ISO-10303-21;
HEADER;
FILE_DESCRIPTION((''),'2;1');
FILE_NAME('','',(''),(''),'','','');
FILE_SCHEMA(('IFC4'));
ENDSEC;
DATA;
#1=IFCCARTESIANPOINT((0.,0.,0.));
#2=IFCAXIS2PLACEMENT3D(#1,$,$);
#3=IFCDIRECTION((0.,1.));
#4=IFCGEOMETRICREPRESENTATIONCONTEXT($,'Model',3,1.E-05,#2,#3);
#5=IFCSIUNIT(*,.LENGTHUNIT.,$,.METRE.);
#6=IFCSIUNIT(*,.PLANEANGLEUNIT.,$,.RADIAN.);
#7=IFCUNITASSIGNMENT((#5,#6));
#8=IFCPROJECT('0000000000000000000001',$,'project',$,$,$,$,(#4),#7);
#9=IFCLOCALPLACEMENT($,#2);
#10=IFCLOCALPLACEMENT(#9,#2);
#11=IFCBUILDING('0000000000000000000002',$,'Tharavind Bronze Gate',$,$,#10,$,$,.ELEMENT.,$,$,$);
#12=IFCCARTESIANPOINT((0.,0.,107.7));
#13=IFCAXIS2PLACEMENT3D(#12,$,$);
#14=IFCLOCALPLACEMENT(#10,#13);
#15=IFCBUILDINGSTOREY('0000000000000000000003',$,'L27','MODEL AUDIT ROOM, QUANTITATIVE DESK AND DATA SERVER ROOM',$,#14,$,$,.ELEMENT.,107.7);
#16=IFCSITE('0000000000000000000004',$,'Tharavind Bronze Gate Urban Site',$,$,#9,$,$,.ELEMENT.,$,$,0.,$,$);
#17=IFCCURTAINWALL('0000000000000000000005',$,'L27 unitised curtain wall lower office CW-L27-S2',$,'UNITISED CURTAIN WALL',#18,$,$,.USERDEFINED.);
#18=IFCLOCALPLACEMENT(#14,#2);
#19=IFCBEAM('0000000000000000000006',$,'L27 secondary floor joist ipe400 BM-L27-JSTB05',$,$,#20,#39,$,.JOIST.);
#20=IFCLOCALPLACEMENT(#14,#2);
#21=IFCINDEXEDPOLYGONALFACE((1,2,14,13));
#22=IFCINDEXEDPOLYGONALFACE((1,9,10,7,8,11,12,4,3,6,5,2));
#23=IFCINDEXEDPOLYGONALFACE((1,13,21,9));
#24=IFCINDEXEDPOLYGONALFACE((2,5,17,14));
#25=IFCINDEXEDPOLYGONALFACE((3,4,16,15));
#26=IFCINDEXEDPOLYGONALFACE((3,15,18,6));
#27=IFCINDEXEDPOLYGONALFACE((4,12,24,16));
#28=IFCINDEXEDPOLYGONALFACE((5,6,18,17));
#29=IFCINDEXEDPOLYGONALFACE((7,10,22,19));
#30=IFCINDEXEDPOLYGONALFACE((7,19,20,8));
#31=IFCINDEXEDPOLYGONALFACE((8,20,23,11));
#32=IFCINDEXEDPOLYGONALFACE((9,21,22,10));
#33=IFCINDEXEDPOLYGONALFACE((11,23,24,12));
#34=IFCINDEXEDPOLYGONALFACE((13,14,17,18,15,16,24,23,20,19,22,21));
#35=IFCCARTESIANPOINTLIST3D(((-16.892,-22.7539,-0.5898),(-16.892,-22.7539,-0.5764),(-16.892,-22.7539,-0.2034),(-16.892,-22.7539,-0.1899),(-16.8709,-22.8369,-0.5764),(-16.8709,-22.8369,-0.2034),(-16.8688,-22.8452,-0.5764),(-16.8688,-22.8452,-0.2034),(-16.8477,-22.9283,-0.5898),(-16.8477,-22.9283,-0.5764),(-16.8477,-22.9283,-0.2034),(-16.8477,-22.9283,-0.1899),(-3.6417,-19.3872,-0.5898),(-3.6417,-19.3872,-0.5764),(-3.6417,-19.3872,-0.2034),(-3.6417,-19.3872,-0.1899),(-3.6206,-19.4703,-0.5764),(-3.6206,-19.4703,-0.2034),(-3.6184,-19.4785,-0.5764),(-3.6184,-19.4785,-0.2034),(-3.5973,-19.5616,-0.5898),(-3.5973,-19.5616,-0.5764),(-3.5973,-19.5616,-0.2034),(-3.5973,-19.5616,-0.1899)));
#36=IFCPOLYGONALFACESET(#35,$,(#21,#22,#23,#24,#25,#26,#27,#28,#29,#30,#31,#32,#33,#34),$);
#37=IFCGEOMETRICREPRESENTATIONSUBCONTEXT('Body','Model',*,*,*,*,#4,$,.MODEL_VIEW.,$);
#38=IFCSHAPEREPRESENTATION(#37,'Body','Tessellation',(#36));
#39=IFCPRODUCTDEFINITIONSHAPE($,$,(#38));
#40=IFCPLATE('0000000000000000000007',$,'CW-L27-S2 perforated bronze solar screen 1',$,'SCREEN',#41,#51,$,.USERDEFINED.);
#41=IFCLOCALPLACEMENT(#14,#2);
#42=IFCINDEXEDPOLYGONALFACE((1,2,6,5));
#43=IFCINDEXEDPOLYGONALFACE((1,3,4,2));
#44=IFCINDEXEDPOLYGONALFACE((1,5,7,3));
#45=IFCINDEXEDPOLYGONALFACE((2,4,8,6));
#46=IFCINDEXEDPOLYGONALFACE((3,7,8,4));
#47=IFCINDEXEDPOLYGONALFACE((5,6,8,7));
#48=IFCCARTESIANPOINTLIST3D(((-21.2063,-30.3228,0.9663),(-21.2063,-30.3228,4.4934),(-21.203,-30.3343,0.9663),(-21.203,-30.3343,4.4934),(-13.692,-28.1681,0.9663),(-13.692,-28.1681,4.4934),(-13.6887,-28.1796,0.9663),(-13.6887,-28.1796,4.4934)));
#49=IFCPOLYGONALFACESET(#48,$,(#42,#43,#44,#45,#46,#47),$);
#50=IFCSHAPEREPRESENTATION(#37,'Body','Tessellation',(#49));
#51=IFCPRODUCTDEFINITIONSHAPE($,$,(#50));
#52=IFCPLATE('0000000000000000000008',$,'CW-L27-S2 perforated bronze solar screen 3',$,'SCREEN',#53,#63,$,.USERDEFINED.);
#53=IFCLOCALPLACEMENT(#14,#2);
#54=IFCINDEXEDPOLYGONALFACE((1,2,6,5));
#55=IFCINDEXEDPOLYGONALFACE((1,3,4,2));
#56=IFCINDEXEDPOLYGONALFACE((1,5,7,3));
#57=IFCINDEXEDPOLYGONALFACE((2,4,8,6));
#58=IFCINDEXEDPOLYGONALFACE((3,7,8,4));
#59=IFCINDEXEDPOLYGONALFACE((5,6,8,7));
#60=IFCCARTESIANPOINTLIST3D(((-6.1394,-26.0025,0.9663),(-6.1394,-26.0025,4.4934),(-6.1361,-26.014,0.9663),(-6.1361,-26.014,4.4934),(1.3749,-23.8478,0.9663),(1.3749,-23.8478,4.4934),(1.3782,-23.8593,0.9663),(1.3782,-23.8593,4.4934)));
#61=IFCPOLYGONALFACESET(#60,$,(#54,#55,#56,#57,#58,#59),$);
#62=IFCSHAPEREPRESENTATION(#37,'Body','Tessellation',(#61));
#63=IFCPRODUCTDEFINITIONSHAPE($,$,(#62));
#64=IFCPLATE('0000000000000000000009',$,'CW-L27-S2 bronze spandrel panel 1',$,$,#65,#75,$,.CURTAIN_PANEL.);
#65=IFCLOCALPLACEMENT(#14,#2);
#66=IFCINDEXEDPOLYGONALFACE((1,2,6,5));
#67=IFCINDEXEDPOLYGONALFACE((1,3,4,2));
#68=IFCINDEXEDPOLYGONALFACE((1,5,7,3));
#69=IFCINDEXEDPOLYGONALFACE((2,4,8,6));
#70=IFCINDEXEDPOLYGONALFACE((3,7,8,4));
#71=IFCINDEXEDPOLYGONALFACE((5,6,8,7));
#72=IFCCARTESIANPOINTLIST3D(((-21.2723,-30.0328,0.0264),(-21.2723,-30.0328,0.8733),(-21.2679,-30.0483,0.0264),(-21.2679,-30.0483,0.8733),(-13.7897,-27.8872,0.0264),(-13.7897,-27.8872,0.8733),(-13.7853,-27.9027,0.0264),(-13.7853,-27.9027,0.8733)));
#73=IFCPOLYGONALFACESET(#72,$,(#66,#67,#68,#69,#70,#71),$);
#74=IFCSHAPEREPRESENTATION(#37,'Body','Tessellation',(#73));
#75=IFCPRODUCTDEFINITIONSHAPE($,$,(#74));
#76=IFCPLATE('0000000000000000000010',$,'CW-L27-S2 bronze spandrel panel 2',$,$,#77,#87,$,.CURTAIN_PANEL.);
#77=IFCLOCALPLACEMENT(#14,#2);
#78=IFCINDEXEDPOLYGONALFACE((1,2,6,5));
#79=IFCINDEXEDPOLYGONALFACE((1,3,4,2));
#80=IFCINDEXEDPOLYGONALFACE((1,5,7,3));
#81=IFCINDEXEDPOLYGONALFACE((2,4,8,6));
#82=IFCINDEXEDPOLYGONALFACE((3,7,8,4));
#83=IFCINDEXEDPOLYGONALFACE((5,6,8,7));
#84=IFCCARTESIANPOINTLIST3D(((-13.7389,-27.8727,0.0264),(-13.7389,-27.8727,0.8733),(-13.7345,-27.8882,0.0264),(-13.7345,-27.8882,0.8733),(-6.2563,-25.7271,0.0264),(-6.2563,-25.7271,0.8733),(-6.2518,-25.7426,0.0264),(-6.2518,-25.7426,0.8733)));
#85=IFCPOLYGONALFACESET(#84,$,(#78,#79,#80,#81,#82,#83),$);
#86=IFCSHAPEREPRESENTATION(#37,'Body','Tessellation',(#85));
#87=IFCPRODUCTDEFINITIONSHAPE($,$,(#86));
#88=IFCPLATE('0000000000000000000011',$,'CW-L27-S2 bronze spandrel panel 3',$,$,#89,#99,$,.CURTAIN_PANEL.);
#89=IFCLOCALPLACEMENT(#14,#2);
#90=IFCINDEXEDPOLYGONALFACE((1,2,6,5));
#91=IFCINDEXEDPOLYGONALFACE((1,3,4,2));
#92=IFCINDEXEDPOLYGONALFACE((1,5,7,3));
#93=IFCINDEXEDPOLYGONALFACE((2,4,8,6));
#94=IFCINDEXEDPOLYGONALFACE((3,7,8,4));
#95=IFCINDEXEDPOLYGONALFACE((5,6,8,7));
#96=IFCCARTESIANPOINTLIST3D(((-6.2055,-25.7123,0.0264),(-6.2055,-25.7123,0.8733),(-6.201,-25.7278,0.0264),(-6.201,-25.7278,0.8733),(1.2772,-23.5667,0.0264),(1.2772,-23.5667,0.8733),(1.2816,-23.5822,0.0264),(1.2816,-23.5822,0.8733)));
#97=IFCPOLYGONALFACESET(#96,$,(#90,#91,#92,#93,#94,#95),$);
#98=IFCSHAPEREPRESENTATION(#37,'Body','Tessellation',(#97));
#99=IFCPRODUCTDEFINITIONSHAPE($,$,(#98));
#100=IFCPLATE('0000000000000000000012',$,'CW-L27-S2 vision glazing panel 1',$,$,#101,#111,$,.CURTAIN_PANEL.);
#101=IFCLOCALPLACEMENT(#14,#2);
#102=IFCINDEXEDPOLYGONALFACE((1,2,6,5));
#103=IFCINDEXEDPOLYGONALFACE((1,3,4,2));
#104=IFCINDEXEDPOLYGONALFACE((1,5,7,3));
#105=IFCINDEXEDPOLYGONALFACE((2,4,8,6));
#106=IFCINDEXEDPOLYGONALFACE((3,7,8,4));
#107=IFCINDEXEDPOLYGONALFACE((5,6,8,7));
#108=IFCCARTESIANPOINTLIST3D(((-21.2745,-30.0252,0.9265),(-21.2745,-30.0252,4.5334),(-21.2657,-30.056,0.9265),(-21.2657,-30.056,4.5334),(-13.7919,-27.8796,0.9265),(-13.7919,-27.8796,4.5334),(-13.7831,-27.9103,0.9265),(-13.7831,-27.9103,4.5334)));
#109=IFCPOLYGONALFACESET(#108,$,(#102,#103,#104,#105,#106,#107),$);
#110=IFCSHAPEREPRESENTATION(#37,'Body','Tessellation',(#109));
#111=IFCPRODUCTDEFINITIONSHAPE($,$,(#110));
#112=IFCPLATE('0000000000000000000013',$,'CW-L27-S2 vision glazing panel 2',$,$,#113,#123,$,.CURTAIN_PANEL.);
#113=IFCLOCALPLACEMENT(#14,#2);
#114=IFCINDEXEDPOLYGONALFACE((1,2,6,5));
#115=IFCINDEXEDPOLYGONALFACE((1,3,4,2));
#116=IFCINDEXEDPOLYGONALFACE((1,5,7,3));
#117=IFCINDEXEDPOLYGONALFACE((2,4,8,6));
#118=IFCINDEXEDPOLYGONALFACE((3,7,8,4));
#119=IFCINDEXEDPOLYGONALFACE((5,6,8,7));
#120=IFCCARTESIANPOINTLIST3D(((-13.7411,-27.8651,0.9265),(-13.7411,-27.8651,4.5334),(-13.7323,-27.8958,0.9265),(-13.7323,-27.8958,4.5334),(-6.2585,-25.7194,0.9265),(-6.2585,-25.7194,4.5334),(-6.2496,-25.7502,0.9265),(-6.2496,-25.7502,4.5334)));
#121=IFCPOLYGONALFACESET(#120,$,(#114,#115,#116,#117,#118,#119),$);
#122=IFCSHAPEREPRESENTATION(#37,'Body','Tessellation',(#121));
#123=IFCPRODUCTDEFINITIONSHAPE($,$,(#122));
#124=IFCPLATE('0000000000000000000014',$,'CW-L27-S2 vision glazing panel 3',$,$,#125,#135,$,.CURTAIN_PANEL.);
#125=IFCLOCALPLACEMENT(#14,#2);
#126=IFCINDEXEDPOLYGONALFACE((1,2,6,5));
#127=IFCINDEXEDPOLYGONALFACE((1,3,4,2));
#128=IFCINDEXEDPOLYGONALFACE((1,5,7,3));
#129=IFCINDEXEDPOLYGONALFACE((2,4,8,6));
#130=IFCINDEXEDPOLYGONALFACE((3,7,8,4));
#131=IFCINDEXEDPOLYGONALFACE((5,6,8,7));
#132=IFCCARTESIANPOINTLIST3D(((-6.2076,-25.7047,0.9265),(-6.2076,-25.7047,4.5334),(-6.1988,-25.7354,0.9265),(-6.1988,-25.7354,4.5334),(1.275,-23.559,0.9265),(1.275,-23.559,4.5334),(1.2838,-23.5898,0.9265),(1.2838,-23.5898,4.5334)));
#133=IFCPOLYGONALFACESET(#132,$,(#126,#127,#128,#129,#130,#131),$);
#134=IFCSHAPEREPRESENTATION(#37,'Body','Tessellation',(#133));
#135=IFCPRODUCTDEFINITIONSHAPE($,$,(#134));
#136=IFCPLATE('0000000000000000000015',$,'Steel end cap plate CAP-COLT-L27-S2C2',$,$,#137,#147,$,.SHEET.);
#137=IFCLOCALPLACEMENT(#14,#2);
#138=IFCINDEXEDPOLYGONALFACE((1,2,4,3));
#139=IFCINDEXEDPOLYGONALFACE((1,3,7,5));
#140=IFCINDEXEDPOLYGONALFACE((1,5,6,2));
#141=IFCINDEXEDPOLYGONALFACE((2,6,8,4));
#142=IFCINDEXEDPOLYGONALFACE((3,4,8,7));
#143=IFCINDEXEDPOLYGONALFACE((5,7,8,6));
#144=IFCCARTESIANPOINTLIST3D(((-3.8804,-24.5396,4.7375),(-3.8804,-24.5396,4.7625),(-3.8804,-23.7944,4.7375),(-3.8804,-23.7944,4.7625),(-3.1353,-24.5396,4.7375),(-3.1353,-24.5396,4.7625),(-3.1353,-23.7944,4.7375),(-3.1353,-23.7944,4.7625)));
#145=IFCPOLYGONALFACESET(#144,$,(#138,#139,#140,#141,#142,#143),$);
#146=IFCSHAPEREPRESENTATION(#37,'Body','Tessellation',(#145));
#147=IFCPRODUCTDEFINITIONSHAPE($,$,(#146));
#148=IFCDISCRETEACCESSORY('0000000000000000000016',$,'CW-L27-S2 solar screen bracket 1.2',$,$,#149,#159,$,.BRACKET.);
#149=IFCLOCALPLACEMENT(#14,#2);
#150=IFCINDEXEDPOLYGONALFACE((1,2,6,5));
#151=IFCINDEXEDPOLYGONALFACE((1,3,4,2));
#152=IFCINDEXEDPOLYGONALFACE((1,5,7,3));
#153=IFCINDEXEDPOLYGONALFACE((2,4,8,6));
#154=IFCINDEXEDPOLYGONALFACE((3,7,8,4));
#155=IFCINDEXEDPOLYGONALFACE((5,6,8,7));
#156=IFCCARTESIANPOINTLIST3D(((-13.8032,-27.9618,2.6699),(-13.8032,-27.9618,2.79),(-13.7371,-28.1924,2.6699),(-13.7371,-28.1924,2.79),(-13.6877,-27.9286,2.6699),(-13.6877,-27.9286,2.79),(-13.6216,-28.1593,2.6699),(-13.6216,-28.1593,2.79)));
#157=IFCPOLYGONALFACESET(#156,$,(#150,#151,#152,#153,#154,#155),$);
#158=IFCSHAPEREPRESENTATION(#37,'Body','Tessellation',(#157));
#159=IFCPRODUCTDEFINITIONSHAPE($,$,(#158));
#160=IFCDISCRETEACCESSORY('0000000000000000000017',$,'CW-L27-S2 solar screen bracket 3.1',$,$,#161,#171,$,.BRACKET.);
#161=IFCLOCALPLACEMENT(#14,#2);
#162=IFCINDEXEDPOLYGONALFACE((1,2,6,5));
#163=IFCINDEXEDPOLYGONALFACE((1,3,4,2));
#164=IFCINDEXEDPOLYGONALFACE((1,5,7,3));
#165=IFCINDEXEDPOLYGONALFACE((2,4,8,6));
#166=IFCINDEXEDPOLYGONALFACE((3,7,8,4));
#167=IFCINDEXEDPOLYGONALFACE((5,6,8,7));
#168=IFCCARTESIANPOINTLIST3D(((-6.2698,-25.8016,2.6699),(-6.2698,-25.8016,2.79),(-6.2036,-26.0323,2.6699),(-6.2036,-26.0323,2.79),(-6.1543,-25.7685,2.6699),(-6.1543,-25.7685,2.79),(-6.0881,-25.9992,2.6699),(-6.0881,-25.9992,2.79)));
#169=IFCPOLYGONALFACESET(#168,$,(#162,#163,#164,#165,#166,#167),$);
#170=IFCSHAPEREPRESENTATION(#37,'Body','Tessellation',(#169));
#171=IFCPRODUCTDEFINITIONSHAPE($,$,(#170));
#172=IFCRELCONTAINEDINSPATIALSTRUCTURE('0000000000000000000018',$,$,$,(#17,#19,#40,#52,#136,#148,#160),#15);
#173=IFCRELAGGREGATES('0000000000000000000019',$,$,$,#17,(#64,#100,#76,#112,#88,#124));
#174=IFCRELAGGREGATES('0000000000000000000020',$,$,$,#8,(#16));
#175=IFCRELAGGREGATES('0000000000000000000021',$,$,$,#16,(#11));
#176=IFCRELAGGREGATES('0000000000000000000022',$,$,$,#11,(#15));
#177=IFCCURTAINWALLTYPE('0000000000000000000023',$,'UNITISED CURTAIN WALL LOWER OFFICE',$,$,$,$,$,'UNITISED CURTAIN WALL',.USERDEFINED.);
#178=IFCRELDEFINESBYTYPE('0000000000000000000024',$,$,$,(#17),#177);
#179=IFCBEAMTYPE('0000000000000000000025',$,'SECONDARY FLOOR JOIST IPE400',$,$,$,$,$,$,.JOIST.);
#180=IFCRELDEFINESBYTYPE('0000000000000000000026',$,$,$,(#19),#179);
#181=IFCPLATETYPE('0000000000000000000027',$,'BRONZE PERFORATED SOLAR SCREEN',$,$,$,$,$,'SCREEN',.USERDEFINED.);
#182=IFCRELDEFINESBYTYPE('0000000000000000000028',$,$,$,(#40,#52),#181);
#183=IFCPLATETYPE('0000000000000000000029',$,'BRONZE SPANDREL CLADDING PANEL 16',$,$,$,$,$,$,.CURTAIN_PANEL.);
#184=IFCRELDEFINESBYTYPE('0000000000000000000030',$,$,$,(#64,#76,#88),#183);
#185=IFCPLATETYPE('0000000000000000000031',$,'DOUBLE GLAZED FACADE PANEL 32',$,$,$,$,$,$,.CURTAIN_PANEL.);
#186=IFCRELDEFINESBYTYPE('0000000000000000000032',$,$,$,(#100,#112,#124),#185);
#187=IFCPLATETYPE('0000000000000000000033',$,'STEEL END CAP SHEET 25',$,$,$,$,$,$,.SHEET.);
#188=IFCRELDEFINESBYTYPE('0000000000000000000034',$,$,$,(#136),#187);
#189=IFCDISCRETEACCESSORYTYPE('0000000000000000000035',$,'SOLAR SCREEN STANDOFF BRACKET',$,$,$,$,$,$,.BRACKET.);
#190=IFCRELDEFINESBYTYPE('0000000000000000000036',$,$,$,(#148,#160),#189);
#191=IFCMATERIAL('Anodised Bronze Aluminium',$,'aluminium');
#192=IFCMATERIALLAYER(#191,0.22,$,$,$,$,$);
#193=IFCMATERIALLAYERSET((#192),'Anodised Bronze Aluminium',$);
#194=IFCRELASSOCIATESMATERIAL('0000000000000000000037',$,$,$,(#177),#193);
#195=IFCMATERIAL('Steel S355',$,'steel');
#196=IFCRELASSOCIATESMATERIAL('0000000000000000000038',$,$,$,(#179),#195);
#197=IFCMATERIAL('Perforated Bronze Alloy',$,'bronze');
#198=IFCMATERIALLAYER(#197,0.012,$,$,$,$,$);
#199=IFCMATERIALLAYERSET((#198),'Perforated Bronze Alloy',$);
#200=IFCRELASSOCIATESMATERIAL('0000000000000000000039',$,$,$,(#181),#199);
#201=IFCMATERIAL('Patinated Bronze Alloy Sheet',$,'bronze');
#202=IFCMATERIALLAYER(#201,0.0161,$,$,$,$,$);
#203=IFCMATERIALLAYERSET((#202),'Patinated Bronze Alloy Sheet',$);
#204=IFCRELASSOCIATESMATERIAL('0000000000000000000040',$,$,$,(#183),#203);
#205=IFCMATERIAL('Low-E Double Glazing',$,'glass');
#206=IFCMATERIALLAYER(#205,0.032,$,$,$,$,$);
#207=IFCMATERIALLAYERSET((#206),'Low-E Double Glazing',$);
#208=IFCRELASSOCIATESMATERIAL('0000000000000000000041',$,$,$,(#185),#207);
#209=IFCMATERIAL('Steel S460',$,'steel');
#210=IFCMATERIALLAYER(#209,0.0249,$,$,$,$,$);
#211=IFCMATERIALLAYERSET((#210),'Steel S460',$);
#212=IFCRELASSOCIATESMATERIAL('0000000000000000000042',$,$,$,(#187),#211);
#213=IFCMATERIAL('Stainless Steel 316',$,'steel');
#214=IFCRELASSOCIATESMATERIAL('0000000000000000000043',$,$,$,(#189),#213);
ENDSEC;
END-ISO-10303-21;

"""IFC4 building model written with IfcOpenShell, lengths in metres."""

from ifc_helpers import new_model, si_unit, direction, frame, origin, origin_2d, place, context, subcontext, project, spatial, rectangle, i_section, extrude, material, layer, layer_set, material_profile, profile_set, type_object, element, aggregate, save


model = new_model("IFC4")

# Units and contexts
model_context = context("Model", 3, precision=1e-05, world=origin(), true_north=direction((0.0, 1.0)))
body_context = subcontext(model_context, "Body", "Model", "MODEL_VIEW")
ifc_project = project(units=[si_unit("LENGTHUNIT", "METRE"), si_unit("PLANEANGLEUNIT", "RADIAN")], contexts=[model_context])

# Site, building, storey
site_placement = place(None, origin())
site = spatial("IfcSite", under=ifc_project, at=site_placement, Name="Tharavind Bronze Gate Urban Site", CompositionType="ELEMENT", RefElevation=0.0)
building_placement = place(site_placement, origin())
building = spatial("IfcBuilding", under=site, at=building_placement, Name="Tharavind Bronze Gate", CompositionType="ELEMENT")
storey_placement = place(building_placement, frame((0.0, 0.0, 107.7)))
storey = spatial("IfcBuildingStorey", under=building, at=storey_placement, Name="L27", Description="MODEL AUDIT ROOM, QUANTITATIVE DESK AND DATA SERVER ROOM", CompositionType="ELEMENT", Elevation=107.7)

# Shared definitions
ifc_material_1 = material(Name="Steel S460", Category="steel")

# Curtain wall
ifc_material_2 = material(Name="Anodised Bronze Aluminium", Category="aluminium")
ifc_layer_1 = layer(ifc_material_2, 0.22)
ifc_layer_set_1 = layer_set([ifc_layer_1], Name="Anodised Bronze Aluminium")
curtain_wall_type = type_object("IfcCurtainWallType", Name="UNITISED CURTAIN WALL LOWER OFFICE", ElementType="UNITISED CURTAIN WALL", PredefinedType="USERDEFINED", material=ifc_layer_set_1)
curtain_wall_placement = place(storey_placement, origin())
curtain_wall = element("IfcCurtainWall", 1, at=curtain_wall_placement, inside=storey, type_object=curtain_wall_type, Name="L27 unitised curtain wall lower office CW-L27-S2", ObjectType="UNITISED CURTAIN WALL", PredefinedType="USERDEFINED")

# Beam
ifc_material_3 = material(Name="Steel S355", Category="steel")
ifc_material_profile_1 = material_profile(ifc_material_3, i_section(OverallWidth=0.1799, OverallDepth=0.3999, WebThickness=0.0085, FlangeThickness=0.0134, at=origin_2d()), Name="IPE400")
ifc_profile_set_1 = profile_set([ifc_material_profile_1], Name="Steel S355")
beam_type_1 = type_object("IfcBeamType", Name="SECONDARY FLOOR JOIST IPE400", PredefinedType="JOIST", material=ifc_profile_set_1)
beam_1_placement = place(storey_placement, frame((-16.8699, -22.8411, -0.3899), z_axis=(0.969205, 0.246257, 0.0), x_axis=(-0.246257, 0.969205, 0.0)))
element("IfcBeam", 2, at=beam_1_placement, inside=storey, type_object=beam_type_1, Name="L27 secondary floor joist ipe400 BM-L27-JSTB05", PredefinedType="JOIST", context=body_context, shape_type="SweptSolid", body=[
    extrude(i_section(OverallWidth=0.1799, OverallDepth=0.3999, WebThickness=0.0085, FlangeThickness=0.0134, at=origin_2d()), origin(), (0.0, 0.0, 1.0), 13.6714),
])

# Plates
ifc_material_4 = material(Name="Perforated Bronze Alloy", Category="bronze")
ifc_layer_2 = layer(ifc_material_4, 0.012)
ifc_layer_set_2 = layer_set([ifc_layer_2], Name="Perforated Bronze Alloy")
plate_type_1 = type_object("IfcPlateType", Name="BRONZE PERFORATED SOLAR SCREEN", ElementType="SCREEN", PredefinedType="USERDEFINED", material=ifc_layer_set_2)
for number, where, z_axis, x_axis, name in (
    (3, (-17.4475, -29.2512, 0.9663), (0.0, 0.0, 1.0), (0.961262, 0.275637, 0.0), "CW-L27-S2 perforated bronze solar screen 1"),
    (4, (-2.3806, -24.9309, 0.9663), (0.0, 0.0, 1.0), (0.961262, 0.275637, 0.0), "CW-L27-S2 perforated bronze solar screen 3"),
):
    element("IfcPlate", number, at=place(storey_placement, frame(where, z_axis=z_axis, x_axis=x_axis)), inside=storey, type_object=plate_type_1, Name=name, ObjectType="SCREEN", PredefinedType="USERDEFINED", context=body_context, shape_type="SweptSolid", body=[
        extrude(rectangle(XDim=7.8171, YDim=0.012, at=origin_2d()), origin(), (0.0, 0.0, 1.0), 3.5271),
    ])

# Plates
ifc_material_5 = material(Name="Patinated Bronze Alloy Sheet", Category="bronze")
ifc_layer_3 = layer(ifc_material_5, 0.0161)
ifc_layer_set_3 = layer_set([ifc_layer_3], Name="Patinated Bronze Alloy Sheet")
plate_type_2 = type_object("IfcPlateType", Name="BRONZE SPANDREL CLADDING PANEL 16", PredefinedType="CURTAIN_PANEL", material=ifc_layer_set_3)
plate_1_placement = place(storey_placement, frame((-17.5288, -28.9678, 0.0264), z_axis=(0.0, 0.0, 1.0), x_axis=(0.961262, 0.275637, 0.0)))
plate_1 = element("IfcPlate", 5, at=plate_1_placement, type_object=plate_type_2, Name="CW-L27-S2 bronze spandrel panel 1", PredefinedType="CURTAIN_PANEL", context=body_context, shape_type="SweptSolid", body=[
    extrude(rectangle(XDim=7.7842, YDim=0.0161, at=origin_2d()), origin(), (0.0, 0.0, 1.0), 0.8469),
])
plate_2_placement = place(storey_placement, frame((-9.9954, -26.8076, 0.0264), z_axis=(0.0, 0.0, 1.0), x_axis=(0.961262, 0.275637, 0.0)))
plate_2 = element("IfcPlate", 6, at=plate_2_placement, type_object=plate_type_2, Name="CW-L27-S2 bronze spandrel panel 2", PredefinedType="CURTAIN_PANEL", context=body_context, shape_type="SweptSolid", body=[
    extrude(rectangle(XDim=7.7842, YDim=0.0161, at=origin_2d()), origin(), (0.0, 0.0, 1.0), 0.8469),
])
plate_3_placement = place(storey_placement, frame((-2.4619, -24.6472, 0.0264), z_axis=(0.0, 0.0, 1.0), x_axis=(0.961262, 0.275637, 0.0)))
plate_3 = element("IfcPlate", 7, at=plate_3_placement, type_object=plate_type_2, Name="CW-L27-S2 bronze spandrel panel 3", PredefinedType="CURTAIN_PANEL", context=body_context, shape_type="SweptSolid", body=[
    extrude(rectangle(XDim=7.7842, YDim=0.0161, at=origin_2d()), origin(), (0.0, 0.0, 1.0), 0.8469),
])
ifc_material_6 = material(Name="Low-E Double Glazing", Category="glass")
ifc_layer_4 = layer(ifc_material_6, 0.032)
ifc_layer_set_4 = layer_set([ifc_layer_4], Name="Low-E Double Glazing")
plate_type_3 = type_object("IfcPlateType", Name="DOUBLE GLAZED FACADE PANEL 32", PredefinedType="CURTAIN_PANEL", material=ifc_layer_set_4)
plate_4_placement = place(storey_placement, frame((-17.5288, -28.9678, 0.9265), z_axis=(0.0, 0.0, 1.0), x_axis=(0.961262, 0.275637, 0.0)))
plate_4 = element("IfcPlate", 8, at=plate_4_placement, type_object=plate_type_3, Name="CW-L27-S2 vision glazing panel 1", PredefinedType="CURTAIN_PANEL", context=body_context, shape_type="SweptSolid", body=[
    extrude(rectangle(XDim=7.7842, YDim=0.032, at=origin_2d()), origin(), (0.0, 0.0, 1.0), 3.6069),
])
plate_5_placement = place(storey_placement, frame((-9.9954, -26.8076, 0.9265), z_axis=(0.0, 0.0, 1.0), x_axis=(0.961262, 0.275637, 0.0)))
plate_5 = element("IfcPlate", 9, at=plate_5_placement, type_object=plate_type_3, Name="CW-L27-S2 vision glazing panel 2", PredefinedType="CURTAIN_PANEL", context=body_context, shape_type="SweptSolid", body=[
    extrude(rectangle(XDim=7.7842, YDim=0.032, at=origin_2d()), origin(), (0.0, 0.0, 1.0), 3.6069),
])
plate_6_placement = place(storey_placement, frame((-2.4619, -24.6472, 0.9265), z_axis=(0.0, 0.0, 1.0), x_axis=(0.961262, 0.275637, 0.0)))
plate_6 = element("IfcPlate", 10, at=plate_6_placement, type_object=plate_type_3, Name="CW-L27-S2 vision glazing panel 3", PredefinedType="CURTAIN_PANEL", context=body_context, shape_type="SweptSolid", body=[
    extrude(rectangle(XDim=7.7842, YDim=0.032, at=origin_2d()), origin(), (0.0, 0.0, 1.0), 3.6069),
])
aggregate(curtain_wall, [plate_1, plate_4, plate_2, plate_5, plate_3, plate_6])
ifc_layer_5 = layer(ifc_material_1, 0.0249)
ifc_layer_set_5 = layer_set([ifc_layer_5], Name="Steel S460")
plate_type_4 = type_object("IfcPlateType", Name="STEEL END CAP SHEET 25", PredefinedType="SHEET", material=ifc_layer_set_5)
plate_7_placement = place(storey_placement, frame((-3.5078, -24.167, 4.7375), z_axis=(0.0, 0.0, 1.0), x_axis=(1.0, 0.0, 0.0)))
element("IfcPlate", 11, at=plate_7_placement, inside=storey, type_object=plate_type_4, Name="Steel end cap plate CAP-COLT-L27-S2C2", PredefinedType="SHEET", context=body_context, shape_type="SweptSolid", body=[
    extrude(rectangle(XDim=0.7451, YDim=0.7451, at=origin_2d()), origin(), (0.0, 0.0, 1.0), 0.0249),
])

# Discrete accessories
ifc_material_7 = material(Name="Stainless Steel 316", Category="steel")
discrete_accessory_type = type_object("IfcDiscreteAccessoryType", Name="SOLAR SCREEN STANDOFF BRACKET", PredefinedType="BRACKET", material=ifc_material_7)
for number, where, z_axis, x_axis, name in (
    (12, (-13.7124, -28.0605, 2.6699), (0.0, 0.0, 1.0), (0.961262, 0.275637, 0.0), "CW-L27-S2 solar screen bracket 1.2"),
    (13, (-6.179, -25.9004, 2.6699), (0.0, 0.0, 1.0), (0.961262, 0.275637, 0.0), "CW-L27-S2 solar screen bracket 3.1"),
):
    element("IfcDiscreteAccessory", number, at=place(storey_placement, frame(where, z_axis=z_axis, x_axis=x_axis)), inside=storey, type_object=discrete_accessory_type, Name=name, PredefinedType="BRACKET", context=body_context, shape_type="SweptSolid", body=[
        extrude(rectangle(XDim=0.1201, YDim=0.24, at=origin_2d()), origin(), (0.0, 0.0, 1.0), 0.1201),
    ])

save(model, "model.ifc")
